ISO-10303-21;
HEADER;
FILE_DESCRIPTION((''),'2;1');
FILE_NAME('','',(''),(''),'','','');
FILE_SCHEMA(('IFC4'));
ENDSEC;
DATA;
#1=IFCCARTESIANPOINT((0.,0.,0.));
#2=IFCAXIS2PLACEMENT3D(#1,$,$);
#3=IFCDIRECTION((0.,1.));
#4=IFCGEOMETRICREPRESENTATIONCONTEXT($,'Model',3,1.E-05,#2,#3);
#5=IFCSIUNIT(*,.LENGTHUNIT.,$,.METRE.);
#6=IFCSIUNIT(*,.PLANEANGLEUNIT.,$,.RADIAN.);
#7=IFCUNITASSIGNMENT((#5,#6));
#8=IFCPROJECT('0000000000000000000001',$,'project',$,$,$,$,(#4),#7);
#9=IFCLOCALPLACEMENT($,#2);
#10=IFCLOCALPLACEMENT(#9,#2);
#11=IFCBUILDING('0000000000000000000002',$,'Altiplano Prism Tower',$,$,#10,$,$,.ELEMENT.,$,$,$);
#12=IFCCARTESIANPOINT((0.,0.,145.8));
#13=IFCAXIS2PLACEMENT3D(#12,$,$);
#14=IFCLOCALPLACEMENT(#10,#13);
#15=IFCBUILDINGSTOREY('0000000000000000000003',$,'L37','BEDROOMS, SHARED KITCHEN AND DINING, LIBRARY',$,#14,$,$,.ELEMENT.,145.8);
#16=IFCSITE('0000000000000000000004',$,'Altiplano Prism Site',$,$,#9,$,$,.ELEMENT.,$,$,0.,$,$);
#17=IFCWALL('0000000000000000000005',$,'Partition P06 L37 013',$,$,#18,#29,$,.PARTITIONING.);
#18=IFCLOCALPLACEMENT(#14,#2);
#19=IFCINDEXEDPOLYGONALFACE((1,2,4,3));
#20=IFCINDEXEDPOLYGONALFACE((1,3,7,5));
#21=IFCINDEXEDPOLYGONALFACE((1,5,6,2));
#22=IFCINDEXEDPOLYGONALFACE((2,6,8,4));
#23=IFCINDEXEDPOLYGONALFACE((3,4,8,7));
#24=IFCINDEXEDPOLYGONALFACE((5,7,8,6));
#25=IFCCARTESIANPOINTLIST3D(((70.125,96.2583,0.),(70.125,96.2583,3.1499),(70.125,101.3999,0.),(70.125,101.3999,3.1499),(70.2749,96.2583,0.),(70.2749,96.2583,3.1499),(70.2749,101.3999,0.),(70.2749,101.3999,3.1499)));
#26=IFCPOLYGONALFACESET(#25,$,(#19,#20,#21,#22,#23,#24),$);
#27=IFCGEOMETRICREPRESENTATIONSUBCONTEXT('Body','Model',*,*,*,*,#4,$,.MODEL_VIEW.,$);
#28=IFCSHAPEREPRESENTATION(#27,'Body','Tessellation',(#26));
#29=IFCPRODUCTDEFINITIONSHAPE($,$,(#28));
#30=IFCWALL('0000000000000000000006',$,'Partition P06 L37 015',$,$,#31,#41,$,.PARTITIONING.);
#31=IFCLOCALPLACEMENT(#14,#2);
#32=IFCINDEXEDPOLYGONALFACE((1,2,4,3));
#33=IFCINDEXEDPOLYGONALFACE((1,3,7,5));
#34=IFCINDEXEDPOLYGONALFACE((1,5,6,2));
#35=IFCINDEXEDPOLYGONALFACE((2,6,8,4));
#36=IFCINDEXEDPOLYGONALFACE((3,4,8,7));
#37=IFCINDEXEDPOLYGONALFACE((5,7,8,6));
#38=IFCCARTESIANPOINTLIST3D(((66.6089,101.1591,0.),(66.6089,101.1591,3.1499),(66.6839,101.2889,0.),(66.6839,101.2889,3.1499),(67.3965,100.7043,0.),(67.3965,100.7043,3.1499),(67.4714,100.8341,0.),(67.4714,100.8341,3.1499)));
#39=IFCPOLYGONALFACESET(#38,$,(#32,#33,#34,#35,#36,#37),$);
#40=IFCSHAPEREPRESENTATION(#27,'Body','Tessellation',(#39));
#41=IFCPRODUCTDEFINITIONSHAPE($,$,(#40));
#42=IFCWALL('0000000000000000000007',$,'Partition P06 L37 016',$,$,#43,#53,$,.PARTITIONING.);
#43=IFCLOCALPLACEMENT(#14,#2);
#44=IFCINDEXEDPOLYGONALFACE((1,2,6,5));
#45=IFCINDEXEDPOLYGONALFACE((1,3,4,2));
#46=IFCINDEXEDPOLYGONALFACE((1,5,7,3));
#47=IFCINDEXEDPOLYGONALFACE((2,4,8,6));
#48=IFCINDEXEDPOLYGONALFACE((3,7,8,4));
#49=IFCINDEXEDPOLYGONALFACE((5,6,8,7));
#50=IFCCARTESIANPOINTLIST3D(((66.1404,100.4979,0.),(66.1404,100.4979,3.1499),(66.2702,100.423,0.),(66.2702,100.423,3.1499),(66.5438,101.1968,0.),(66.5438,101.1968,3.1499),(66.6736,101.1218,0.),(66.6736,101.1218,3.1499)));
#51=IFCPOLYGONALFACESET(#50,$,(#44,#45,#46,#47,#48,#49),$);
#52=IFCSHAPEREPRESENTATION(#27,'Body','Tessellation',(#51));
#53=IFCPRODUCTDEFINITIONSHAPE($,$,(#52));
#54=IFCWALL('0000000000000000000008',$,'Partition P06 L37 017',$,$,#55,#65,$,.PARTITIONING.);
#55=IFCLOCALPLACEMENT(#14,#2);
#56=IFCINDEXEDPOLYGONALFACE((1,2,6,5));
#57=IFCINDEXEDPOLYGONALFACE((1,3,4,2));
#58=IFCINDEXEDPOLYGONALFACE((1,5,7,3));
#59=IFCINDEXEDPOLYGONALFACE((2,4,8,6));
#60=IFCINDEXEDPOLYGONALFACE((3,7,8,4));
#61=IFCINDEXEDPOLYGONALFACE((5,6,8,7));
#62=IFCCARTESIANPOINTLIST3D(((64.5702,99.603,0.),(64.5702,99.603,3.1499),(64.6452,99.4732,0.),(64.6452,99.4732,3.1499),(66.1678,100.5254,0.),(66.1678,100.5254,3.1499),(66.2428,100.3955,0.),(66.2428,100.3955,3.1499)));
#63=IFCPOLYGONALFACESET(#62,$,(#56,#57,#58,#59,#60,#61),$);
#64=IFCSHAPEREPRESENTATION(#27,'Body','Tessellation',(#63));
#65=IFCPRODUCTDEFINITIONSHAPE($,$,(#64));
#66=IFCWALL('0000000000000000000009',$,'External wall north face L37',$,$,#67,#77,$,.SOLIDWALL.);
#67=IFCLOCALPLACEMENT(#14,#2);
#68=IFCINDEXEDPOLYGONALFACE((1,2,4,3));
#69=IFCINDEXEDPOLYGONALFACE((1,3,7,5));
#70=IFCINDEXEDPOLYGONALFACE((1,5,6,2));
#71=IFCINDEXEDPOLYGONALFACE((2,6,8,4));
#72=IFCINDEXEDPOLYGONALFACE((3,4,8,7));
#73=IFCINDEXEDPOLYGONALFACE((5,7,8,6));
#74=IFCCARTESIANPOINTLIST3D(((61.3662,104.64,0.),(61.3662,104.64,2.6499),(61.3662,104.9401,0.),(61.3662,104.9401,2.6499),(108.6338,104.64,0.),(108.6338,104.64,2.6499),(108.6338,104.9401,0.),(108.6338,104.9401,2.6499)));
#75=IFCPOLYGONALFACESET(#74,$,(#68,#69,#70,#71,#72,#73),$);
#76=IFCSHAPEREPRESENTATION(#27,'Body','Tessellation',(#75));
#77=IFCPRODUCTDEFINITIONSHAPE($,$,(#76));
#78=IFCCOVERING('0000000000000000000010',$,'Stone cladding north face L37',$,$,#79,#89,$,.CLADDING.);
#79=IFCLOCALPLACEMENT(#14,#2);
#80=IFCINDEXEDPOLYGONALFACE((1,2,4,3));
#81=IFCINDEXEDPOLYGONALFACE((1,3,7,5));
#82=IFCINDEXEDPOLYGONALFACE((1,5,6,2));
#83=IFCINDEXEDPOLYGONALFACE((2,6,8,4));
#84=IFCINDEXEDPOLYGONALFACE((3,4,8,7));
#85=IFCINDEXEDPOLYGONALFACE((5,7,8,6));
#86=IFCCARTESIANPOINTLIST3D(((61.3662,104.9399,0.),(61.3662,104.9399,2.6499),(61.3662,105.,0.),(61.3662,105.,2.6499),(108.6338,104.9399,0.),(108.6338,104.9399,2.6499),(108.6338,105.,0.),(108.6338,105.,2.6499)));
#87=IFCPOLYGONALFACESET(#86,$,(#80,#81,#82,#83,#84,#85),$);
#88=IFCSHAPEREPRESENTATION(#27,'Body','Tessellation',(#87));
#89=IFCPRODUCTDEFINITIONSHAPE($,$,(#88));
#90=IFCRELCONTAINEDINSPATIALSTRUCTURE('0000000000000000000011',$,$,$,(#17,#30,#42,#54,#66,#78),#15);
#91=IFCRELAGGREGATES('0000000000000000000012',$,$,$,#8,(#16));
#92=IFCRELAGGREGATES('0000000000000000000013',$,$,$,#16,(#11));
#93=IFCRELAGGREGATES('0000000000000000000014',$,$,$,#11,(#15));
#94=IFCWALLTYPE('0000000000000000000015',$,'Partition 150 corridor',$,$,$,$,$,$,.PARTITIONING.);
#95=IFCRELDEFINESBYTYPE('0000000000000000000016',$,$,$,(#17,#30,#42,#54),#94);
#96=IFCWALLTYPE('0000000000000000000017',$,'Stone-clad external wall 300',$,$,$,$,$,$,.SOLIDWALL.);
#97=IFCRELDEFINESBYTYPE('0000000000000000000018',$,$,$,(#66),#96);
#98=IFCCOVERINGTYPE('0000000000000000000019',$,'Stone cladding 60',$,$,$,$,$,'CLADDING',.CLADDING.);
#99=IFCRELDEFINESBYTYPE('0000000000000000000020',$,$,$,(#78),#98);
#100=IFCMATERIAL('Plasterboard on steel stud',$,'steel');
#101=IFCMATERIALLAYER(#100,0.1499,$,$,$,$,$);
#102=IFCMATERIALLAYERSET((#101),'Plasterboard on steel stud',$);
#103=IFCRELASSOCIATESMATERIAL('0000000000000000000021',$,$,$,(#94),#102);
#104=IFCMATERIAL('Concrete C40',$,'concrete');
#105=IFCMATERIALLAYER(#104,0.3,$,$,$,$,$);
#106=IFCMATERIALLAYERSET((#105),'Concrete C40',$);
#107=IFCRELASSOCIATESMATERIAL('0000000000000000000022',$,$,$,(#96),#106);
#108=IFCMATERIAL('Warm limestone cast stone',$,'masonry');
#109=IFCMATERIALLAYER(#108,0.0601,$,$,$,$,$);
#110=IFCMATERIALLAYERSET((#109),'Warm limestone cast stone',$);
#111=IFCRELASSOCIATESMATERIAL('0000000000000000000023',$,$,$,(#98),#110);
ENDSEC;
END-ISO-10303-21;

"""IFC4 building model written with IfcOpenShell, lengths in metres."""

from ifc_helpers import new_model, si_unit, direction, frame, frame_2d, origin, place, context, subcontext, project, spatial, rectangle, extrude, material, layer, layer_set, type_object, element, save


model = new_model("IFC4")

# Units and contexts
model_context = context("Model", 3, precision=1e-05, world=origin(), true_north=direction((0.0, 1.0)))
body_context = subcontext(model_context, "Body", "Model", "MODEL_VIEW")
ifc_project = project(units=[si_unit("LENGTHUNIT", "METRE"), si_unit("PLANEANGLEUNIT", "RADIAN")], contexts=[model_context])

# Site, building, storey
site_placement = place(None, origin())
site = spatial("IfcSite", under=ifc_project, at=site_placement, Name="Altiplano Prism Site", CompositionType="ELEMENT", RefElevation=0.0)
building_placement = place(site_placement, origin())
building = spatial("IfcBuilding", under=site, at=building_placement, Name="Altiplano Prism Tower", CompositionType="ELEMENT")
storey_placement = place(building_placement, frame((0.0, 0.0, 145.8)))
storey = spatial("IfcBuildingStorey", under=building, at=storey_placement, Name="L37", Description="BEDROOMS, SHARED KITCHEN AND DINING, LIBRARY", CompositionType="ELEMENT", Elevation=145.8)

# Shared definitions
ifc_material_1 = material(Name="Plasterboard on steel stud", Category="steel")

# Shared definitions
ifc_layer_1 = layer(ifc_material_1, 0.1499)
ifc_layer_set_1 = layer_set([ifc_layer_1], Name="Plasterboard on steel stud")
wall_type_1 = type_object("IfcWallType", Name="Partition 150 corridor", PredefinedType="PARTITIONING", material=ifc_layer_set_1)

# Walls
wall_1_placement = place(storey_placement, frame((70.2, 101.3999, 0.0), z_axis=(0.0, 0.0, 1.0), x_axis=(0.0, -1.0, 0.0)))
element("IfcWall", 1, at=wall_1_placement, inside=storey, type_object=wall_type_1, Name="Partition P06 L37 013", PredefinedType="PARTITIONING", context=body_context, shape_type="SweptSolid", body=[
    extrude(rectangle(XDim=5.1416, YDim=0.1499, at=frame_2d((2.5708, 0.0))), origin(), (0.0, 0.0, 1.0), 3.1499),
])
wall_2_placement = place(storey_placement, frame((67.4338, 100.7693, 0.0), z_axis=(0.0, 0.0, 1.0), x_axis=(-0.865971, 0.500094, 0.0)))
element("IfcWall", 2, at=wall_2_placement, inside=storey, type_object=wall_type_1, Name="Partition P06 L37 015", PredefinedType="PARTITIONING", context=body_context, shape_type="SweptSolid", body=[
    extrude(rectangle(XDim=0.9094, YDim=0.1499, at=frame_2d((0.4546, 0.0))), origin(), (0.0, 0.0, 1.0), 3.1499),
])
wall_3_placement = place(storey_placement, frame((66.6086, 101.1592, 0.0), z_axis=(0.0, 0.0, 1.0), x_axis=(-0.499915, -0.866075, 0.0)))
element("IfcWall", 3, at=wall_3_placement, inside=storey, type_object=wall_type_1, Name="Partition P06 L37 016", PredefinedType="PARTITIONING", context=body_context, shape_type="SweptSolid", body=[
    extrude(rectangle(XDim=0.8069, YDim=0.1499, at=frame_2d((0.4033, 0.0))), origin(), (0.0, 0.0, 1.0), 3.1499),
])
wall_4_placement = place(storey_placement, frame((66.2053, 100.4604, 0.0), z_axis=(0.0, 0.0, 1.0), x_axis=(-0.866036, -0.499982, 0.0)))
element("IfcWall", 4, at=wall_4_placement, inside=storey, type_object=wall_type_1, Name="Partition P06 L37 017", PredefinedType="PARTITIONING", context=body_context, shape_type="SweptSolid", body=[
    extrude(rectangle(XDim=1.8447, YDim=0.1499, at=frame_2d((0.9224, 0.0))), origin(), (0.0, 0.0, 1.0), 3.1499),
])
ifc_material_2 = material(Name="Concrete C40", Category="concrete")
ifc_layer_2 = layer(ifc_material_2, 0.3)
ifc_layer_set_2 = layer_set([ifc_layer_2], Name="Concrete C40")
wall_type_2 = type_object("IfcWallType", Name="Stone-clad external wall 300", PredefinedType="SOLIDWALL", material=ifc_layer_set_2)
wall_5_placement = place(storey_placement, frame((61.3662, 104.79, 0.0), z_axis=(0.0, 0.0, 1.0), x_axis=(1.0, 0.0, 0.0)))
element("IfcWall", 5, at=wall_5_placement, inside=storey, type_object=wall_type_2, Name="External wall north face L37", PredefinedType="SOLIDWALL", context=body_context, shape_type="SweptSolid", body=[
    extrude(rectangle(XDim=47.2676, YDim=0.3, at=frame_2d((23.6338, 0.0))), origin(), (0.0, 0.0, 1.0), 2.6499),
])

# Covering
ifc_material_3 = material(Name="Warm limestone cast stone", Category="masonry")
ifc_layer_3 = layer(ifc_material_3, 0.0601)
ifc_layer_set_3 = layer_set([ifc_layer_3], Name="Warm limestone cast stone")
covering_type = type_object("IfcCoveringType", Name="Stone cladding 60", ElementType="CLADDING", PredefinedType="CLADDING", material=ifc_layer_set_3)
covering_placement = place(storey_placement, frame((61.3662, 104.97, 0.0), z_axis=(0.0, 0.0, 1.0), x_axis=(1.0, 0.0, 0.0)))
element("IfcCovering", 6, at=covering_placement, inside=storey, type_object=covering_type, Name="Stone cladding north face L37", PredefinedType="CLADDING", context=body_context, shape_type="SweptSolid", body=[
    extrude(rectangle(XDim=47.2676, YDim=0.0601, at=frame_2d((23.6338, 0.0))), origin(), (0.0, 0.0, 1.0), 2.6499),
])

save(model, "model.ifc")
